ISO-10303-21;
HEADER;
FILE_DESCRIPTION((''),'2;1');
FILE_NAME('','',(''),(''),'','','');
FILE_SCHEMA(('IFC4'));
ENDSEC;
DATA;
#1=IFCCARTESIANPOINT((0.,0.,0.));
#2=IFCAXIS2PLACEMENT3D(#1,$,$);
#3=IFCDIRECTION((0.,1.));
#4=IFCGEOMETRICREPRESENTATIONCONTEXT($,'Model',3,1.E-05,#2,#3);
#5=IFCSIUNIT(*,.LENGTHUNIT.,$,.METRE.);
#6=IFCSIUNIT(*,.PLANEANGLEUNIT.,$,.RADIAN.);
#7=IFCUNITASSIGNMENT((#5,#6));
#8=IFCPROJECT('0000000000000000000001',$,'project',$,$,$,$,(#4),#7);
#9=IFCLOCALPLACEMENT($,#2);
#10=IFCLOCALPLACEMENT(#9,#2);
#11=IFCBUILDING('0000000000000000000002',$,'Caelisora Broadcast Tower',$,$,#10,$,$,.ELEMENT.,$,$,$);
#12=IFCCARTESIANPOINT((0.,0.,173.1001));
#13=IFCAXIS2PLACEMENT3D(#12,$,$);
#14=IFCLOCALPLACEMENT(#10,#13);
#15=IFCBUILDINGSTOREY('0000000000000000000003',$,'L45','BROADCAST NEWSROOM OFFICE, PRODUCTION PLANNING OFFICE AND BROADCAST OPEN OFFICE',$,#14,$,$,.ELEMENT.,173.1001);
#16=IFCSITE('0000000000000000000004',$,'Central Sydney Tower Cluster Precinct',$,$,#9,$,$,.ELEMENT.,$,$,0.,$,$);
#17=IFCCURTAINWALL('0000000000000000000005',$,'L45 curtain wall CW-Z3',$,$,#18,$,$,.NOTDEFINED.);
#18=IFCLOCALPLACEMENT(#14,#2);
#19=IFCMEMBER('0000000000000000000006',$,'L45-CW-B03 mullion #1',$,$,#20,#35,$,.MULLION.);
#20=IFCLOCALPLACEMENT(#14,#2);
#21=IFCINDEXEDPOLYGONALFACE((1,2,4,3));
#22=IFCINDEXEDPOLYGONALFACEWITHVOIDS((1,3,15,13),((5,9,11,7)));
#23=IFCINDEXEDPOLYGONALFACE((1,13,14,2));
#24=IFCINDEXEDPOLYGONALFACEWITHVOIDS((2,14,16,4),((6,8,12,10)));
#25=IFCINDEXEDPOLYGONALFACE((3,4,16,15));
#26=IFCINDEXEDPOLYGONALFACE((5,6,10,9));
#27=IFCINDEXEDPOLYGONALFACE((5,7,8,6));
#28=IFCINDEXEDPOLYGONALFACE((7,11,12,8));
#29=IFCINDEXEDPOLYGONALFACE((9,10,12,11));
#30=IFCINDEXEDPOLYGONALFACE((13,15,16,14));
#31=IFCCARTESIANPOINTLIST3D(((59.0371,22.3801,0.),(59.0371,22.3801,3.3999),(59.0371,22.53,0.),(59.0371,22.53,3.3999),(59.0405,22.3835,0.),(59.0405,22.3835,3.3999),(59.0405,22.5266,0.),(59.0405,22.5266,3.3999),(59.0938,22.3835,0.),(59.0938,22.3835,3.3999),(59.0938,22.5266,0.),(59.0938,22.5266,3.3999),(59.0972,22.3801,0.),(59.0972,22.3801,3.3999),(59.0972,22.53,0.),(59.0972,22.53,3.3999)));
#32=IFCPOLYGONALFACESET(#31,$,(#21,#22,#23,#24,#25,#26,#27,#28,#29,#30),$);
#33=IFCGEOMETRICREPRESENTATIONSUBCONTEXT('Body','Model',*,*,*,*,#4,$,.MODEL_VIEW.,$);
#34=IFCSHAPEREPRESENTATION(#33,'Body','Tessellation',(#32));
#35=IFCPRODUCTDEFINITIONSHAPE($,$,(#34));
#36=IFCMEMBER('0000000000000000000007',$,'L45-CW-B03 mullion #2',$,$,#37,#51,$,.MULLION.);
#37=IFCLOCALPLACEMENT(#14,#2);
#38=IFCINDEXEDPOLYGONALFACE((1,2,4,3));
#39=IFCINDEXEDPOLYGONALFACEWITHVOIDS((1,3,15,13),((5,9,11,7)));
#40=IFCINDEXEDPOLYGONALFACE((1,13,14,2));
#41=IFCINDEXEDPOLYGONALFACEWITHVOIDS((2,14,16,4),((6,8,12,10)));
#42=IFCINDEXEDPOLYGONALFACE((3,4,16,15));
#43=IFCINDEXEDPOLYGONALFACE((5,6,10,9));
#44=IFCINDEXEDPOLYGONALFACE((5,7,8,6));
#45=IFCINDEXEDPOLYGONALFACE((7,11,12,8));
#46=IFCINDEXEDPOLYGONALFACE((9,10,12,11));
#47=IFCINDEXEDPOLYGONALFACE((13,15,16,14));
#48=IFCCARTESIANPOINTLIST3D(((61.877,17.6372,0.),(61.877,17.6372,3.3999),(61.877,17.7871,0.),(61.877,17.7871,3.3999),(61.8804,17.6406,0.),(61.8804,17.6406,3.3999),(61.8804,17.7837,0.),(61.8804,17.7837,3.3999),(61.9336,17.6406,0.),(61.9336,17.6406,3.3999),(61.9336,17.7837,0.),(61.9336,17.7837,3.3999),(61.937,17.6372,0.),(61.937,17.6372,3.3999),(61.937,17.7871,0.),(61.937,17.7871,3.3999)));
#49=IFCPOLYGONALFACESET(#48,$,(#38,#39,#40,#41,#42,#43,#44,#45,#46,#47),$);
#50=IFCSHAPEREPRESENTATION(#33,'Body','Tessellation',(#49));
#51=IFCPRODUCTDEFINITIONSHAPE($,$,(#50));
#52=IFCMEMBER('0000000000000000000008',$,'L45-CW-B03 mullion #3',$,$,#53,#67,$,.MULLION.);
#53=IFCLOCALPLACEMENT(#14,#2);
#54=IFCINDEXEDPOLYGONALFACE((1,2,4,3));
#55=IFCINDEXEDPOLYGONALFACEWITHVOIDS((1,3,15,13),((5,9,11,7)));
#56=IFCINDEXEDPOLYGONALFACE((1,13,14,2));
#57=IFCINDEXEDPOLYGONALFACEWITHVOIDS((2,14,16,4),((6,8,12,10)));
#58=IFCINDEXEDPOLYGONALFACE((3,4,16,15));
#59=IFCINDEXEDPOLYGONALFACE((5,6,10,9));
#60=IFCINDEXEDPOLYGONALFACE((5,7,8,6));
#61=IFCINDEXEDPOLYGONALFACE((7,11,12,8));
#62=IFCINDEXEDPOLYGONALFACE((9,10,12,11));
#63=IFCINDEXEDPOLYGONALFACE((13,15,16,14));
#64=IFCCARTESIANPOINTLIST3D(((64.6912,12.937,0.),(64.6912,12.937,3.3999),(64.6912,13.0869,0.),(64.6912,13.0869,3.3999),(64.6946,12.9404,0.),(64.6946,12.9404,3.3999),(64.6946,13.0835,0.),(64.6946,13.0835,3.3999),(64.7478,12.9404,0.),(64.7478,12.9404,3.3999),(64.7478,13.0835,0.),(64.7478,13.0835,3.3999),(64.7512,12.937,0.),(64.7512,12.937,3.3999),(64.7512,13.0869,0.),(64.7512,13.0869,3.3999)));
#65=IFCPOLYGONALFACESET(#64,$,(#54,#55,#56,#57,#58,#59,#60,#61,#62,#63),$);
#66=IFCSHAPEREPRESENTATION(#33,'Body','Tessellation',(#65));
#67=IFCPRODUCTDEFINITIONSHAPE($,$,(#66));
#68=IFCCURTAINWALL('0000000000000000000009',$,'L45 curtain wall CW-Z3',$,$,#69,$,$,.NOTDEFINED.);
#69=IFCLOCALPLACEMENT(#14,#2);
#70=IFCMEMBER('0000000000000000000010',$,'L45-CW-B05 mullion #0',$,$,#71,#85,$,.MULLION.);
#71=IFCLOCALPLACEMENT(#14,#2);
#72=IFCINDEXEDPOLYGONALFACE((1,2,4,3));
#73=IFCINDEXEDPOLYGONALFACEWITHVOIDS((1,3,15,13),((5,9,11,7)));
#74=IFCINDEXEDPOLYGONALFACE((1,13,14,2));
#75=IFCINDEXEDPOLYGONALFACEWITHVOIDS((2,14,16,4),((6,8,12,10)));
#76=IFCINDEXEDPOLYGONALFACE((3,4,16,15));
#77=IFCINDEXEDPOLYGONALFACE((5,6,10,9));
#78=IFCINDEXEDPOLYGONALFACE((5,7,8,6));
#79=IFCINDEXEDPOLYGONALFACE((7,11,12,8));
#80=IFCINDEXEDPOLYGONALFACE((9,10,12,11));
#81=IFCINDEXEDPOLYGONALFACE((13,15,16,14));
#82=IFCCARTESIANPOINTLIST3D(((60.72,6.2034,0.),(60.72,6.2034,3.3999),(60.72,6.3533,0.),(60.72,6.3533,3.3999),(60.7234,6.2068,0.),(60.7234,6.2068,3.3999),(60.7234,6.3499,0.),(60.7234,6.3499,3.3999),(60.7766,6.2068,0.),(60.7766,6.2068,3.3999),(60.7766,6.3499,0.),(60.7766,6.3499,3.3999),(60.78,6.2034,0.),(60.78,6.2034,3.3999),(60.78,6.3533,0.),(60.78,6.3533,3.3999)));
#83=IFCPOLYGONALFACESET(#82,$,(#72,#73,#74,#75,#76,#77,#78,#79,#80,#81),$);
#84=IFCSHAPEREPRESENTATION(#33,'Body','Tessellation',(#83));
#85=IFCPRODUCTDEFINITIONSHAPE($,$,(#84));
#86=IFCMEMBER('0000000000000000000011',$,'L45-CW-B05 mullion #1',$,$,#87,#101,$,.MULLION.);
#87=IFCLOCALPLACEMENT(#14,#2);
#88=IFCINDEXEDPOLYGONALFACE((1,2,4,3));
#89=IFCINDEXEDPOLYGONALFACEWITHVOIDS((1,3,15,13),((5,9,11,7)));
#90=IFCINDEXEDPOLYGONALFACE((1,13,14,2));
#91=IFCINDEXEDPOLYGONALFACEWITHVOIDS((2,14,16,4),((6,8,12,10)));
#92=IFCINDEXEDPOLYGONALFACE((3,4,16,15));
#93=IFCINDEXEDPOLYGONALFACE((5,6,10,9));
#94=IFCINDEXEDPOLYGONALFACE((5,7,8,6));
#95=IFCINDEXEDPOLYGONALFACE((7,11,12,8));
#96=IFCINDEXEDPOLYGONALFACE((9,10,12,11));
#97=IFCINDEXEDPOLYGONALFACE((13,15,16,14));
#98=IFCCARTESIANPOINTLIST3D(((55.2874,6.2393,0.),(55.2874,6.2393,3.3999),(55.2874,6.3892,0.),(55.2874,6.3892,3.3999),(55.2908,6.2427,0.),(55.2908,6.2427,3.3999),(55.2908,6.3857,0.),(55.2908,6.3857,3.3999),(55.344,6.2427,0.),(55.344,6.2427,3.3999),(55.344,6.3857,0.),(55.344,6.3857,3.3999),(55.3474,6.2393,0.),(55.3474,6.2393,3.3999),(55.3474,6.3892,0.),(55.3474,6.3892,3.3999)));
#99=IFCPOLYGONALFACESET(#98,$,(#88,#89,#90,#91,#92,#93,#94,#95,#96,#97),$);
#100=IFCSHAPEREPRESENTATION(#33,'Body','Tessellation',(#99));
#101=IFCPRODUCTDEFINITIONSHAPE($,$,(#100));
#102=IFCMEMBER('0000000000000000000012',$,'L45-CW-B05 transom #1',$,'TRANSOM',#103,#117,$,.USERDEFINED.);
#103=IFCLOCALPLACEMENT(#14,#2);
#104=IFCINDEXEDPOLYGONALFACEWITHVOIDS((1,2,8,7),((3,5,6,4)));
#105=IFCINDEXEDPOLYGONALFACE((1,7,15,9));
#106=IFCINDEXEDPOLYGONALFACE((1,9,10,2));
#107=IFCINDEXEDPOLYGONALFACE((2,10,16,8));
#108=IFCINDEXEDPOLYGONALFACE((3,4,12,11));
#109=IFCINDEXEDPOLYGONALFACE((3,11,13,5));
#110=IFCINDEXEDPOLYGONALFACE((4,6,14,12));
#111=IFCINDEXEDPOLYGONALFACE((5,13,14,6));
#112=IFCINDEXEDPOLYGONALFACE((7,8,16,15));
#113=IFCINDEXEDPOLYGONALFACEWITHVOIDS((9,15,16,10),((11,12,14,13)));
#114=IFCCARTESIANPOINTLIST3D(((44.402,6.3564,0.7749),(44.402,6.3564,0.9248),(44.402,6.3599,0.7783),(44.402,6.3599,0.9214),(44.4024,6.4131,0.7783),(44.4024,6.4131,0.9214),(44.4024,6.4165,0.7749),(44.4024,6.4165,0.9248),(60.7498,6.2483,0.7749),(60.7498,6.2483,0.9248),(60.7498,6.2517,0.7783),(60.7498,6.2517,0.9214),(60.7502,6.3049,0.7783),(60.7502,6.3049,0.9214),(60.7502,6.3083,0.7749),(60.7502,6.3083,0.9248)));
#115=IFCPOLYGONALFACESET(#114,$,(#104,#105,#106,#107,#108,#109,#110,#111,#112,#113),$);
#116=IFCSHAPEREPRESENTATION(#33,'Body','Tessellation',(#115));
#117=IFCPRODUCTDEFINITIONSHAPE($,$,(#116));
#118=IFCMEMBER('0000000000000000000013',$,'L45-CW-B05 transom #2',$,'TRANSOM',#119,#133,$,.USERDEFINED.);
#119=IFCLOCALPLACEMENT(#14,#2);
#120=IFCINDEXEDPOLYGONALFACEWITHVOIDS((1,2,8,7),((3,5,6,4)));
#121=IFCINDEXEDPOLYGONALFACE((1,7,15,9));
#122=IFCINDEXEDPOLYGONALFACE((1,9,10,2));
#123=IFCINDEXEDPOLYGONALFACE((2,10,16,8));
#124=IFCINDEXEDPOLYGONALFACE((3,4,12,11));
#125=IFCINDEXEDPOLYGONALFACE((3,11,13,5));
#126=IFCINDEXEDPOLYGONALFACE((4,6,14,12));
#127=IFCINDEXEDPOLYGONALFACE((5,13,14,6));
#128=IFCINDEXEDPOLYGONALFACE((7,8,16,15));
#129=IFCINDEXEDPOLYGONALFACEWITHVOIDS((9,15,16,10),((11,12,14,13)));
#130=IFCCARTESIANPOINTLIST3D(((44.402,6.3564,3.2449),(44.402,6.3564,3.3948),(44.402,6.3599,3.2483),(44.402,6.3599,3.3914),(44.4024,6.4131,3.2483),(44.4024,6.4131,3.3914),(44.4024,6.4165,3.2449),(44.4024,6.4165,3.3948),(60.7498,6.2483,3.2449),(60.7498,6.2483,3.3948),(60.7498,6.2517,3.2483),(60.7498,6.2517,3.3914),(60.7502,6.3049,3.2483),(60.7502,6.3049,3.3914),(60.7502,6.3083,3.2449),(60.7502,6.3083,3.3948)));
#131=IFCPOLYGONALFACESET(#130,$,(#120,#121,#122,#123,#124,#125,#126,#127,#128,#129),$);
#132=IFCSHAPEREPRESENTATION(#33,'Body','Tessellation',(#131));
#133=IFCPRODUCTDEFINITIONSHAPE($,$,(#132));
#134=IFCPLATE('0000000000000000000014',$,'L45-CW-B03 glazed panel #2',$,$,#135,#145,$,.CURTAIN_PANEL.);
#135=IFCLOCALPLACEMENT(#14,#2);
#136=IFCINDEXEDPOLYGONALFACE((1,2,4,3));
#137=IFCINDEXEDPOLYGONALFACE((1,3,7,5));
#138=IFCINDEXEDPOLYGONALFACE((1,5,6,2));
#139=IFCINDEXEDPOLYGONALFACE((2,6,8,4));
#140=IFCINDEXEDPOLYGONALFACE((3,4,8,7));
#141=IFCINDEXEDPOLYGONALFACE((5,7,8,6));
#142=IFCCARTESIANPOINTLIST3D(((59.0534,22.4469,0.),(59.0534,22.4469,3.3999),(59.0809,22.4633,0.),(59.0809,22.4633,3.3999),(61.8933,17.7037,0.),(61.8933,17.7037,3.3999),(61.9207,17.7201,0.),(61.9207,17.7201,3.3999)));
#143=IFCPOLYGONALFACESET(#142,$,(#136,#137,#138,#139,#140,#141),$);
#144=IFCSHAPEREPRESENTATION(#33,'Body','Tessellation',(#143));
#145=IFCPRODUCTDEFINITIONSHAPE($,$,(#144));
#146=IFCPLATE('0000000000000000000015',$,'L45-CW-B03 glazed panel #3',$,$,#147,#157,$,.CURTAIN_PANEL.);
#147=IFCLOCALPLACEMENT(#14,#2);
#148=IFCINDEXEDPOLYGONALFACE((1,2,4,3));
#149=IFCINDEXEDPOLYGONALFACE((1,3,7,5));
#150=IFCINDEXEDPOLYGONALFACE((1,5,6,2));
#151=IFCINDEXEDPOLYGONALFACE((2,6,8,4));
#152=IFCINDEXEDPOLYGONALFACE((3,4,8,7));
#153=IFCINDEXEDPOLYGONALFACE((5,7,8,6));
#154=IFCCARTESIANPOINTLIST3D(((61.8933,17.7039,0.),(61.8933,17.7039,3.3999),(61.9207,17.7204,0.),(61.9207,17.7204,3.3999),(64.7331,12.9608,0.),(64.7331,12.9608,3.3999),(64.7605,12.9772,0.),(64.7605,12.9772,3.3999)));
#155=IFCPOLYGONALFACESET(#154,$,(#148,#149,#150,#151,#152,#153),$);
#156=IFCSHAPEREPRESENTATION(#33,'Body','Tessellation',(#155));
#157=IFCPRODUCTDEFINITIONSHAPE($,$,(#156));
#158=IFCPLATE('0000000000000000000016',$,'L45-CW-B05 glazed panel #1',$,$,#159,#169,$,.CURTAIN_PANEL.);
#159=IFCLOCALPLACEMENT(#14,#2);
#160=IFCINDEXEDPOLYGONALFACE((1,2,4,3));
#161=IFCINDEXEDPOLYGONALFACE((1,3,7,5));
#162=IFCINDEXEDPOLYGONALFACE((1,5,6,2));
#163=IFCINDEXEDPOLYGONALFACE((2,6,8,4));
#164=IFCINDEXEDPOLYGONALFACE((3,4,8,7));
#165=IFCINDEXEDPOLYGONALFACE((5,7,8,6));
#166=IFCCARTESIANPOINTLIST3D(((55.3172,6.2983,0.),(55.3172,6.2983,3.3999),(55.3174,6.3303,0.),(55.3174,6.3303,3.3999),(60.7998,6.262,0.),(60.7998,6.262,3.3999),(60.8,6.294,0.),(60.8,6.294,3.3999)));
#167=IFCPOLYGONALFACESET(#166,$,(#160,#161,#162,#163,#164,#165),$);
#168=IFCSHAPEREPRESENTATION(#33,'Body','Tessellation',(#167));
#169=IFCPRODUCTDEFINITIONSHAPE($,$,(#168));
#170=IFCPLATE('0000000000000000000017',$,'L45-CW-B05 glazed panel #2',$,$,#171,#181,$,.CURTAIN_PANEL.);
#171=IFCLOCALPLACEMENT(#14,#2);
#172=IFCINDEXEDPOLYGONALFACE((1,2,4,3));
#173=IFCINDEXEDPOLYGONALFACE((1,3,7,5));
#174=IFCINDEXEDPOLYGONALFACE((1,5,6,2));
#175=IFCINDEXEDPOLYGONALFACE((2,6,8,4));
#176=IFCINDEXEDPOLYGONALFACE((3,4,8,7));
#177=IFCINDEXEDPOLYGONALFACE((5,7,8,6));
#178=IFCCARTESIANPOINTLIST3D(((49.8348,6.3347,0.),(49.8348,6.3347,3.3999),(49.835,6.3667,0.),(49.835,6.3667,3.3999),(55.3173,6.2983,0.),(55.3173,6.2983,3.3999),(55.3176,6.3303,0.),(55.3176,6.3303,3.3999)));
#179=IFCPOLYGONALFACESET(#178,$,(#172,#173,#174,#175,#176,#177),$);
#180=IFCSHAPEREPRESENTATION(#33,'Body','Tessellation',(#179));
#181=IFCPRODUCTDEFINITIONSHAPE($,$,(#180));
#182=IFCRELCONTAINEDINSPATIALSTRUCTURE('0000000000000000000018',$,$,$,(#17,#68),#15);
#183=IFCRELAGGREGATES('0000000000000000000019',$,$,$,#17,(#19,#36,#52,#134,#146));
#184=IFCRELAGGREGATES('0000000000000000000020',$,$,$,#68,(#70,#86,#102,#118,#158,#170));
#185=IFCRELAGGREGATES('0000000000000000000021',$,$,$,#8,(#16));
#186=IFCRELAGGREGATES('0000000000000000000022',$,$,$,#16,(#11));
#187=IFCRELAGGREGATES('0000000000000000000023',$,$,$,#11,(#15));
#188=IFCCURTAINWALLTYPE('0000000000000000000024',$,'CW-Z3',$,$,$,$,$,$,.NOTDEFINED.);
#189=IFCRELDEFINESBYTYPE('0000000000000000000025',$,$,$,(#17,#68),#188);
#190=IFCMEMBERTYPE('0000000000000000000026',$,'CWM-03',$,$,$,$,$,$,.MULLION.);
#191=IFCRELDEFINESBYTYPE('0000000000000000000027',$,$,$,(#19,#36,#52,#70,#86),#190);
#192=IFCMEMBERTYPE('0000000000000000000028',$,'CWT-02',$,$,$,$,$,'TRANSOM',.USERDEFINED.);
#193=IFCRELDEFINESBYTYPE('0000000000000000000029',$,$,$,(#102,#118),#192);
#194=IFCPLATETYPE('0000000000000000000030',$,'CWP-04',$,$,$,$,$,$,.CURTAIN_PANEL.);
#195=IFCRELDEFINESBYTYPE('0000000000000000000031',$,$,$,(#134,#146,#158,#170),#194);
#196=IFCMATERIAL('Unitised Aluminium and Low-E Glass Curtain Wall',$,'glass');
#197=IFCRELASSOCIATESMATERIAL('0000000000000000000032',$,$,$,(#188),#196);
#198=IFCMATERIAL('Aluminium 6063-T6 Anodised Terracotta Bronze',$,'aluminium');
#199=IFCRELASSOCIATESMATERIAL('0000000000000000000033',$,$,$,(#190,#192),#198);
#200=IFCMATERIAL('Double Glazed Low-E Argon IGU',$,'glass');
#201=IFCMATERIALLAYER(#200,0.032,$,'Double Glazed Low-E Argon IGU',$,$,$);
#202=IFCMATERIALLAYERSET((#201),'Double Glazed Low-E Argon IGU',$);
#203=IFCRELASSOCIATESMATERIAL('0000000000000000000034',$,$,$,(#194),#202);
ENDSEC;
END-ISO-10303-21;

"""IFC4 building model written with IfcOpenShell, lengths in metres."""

from ifc_helpers import new_model, si_unit, direction, frame, origin, origin_2d, place, context, subcontext, project, spatial, rectangle, hollow_rectangle, extrude, source, transform, mapped, material, layer, layer_set, material_profile, profile_set, type_object, type_shapes, element, aggregate, save


model = new_model("IFC4")

# Units and contexts
model_context = context("Model", 3, precision=1e-05, world=origin(), true_north=direction((0.0, 1.0)))
body_context = subcontext(model_context, "Body", "Model", "MODEL_VIEW")
ifc_project = project(units=[si_unit("LENGTHUNIT", "METRE"), si_unit("PLANEANGLEUNIT", "RADIAN")], contexts=[model_context])

# Site, building, storey
site_placement = place(None, origin())
site = spatial("IfcSite", under=ifc_project, at=site_placement, Name="Central Sydney Tower Cluster Precinct", CompositionType="ELEMENT", RefElevation=0.0)
building_placement = place(site_placement, origin())
building = spatial("IfcBuilding", under=site, at=building_placement, Name="Caelisora Broadcast Tower", CompositionType="ELEMENT")
storey_placement = place(building_placement, frame((0.0, 0.0, 173.1001)))
storey = spatial("IfcBuildingStorey", under=building, at=storey_placement, Name="L45", Description="BROADCAST NEWSROOM OFFICE, PRODUCTION PLANNING OFFICE AND BROADCAST OPEN OFFICE", CompositionType="ELEMENT", Elevation=173.1001)

# Curtain walls, members
ifc_material_1 = material(Name="Unitised Aluminium and Low-E Glass Curtain Wall", Category="glass")
curtain_wall_type = type_object("IfcCurtainWallType", Name="CW-Z3", PredefinedType="NOTDEFINED", material=ifc_material_1)
curtain_wall_1_placement = place(storey_placement, origin())
curtain_wall_1 = element("IfcCurtainWall", 1, at=curtain_wall_1_placement, inside=storey, type_object=curtain_wall_type, Name="L45 curtain wall CW-Z3", PredefinedType="NOTDEFINED")
ifc_material_2 = material(Name="Aluminium 6063-T6 Anodised Terracotta Bronze", Category="aluminium")
ifc_material_profile_1 = material_profile(ifc_material_2, hollow_rectangle(XDim=0.0601, YDim=0.1499, WallThickness=0.0034, at=origin_2d()), Name="Aluminium 6063-T6 Anodised Terracotta Bronze")
ifc_profile_set_1 = profile_set([ifc_material_profile_1], Name="Aluminium 6063-T6 Anodised Terracotta Bronze")
member_type_1 = type_object("IfcMemberType", Name="CWM-03", PredefinedType="MULLION", material=ifc_profile_set_1)
shared_shape_1 = source(origin(), body_context, "Body", "SweptSolid", [
    extrude(hollow_rectangle(XDim=0.0601, YDim=0.1499, WallThickness=0.0034, at=origin_2d()), origin(), (0.0, 0.0, 1.0), 3.3999),
])
type_shapes(member_type_1, [shared_shape_1])
member_1_placement = place(storey_placement, frame((59.0671, 22.4551, 0.0), z_axis=(0.0, 0.0, 1.0), x_axis=(1.0, 0.0, 0.0)))
member_1 = element("IfcMember", 2, at=member_1_placement, type_object=member_type_1, Name="L45-CW-B03 mullion #1", PredefinedType="MULLION", context=body_context, shape_type="MappedRepresentation", body=[
    mapped(shared_shape_1, transform((0.0, 0.0, 0.0), scale=1.0)),
])
member_2_placement = place(storey_placement, frame((61.907, 17.7122, 0.0), z_axis=(0.0, 0.0, 1.0), x_axis=(1.0, 0.0, 0.0)))
member_2 = element("IfcMember", 3, at=member_2_placement, type_object=member_type_1, Name="L45-CW-B03 mullion #2", PredefinedType="MULLION", context=body_context, shape_type="MappedRepresentation", body=[
    mapped(shared_shape_1, transform((0.0, 0.0, 0.0), scale=1.0)),
])
member_3_placement = place(storey_placement, frame((64.7212, 13.012, 0.0), z_axis=(0.0, 0.0, 1.0), x_axis=(1.0, 0.0, 0.0)))
member_3 = element("IfcMember", 4, at=member_3_placement, type_object=member_type_1, Name="L45-CW-B03 mullion #3", PredefinedType="MULLION", context=body_context, shape_type="MappedRepresentation", body=[
    mapped(shared_shape_1, transform((0.0, 0.0, 0.0), scale=1.0)),
])
curtain_wall_2_placement = place(storey_placement, origin())
curtain_wall_2 = element("IfcCurtainWall", 5, at=curtain_wall_2_placement, inside=storey, type_object=curtain_wall_type, Name="L45 curtain wall CW-Z3", PredefinedType="NOTDEFINED")
member_4_placement = place(storey_placement, frame((60.75, 6.2783, 0.0), z_axis=(0.0, 0.0, 1.0), x_axis=(1.0, 0.0, 0.0)))
member_4 = element("IfcMember", 6, at=member_4_placement, type_object=member_type_1, Name="L45-CW-B05 mullion #0", PredefinedType="MULLION", context=body_context, shape_type="MappedRepresentation", body=[
    mapped(shared_shape_1, transform((0.0, 0.0, 0.0), scale=1.0)),
])
member_5_placement = place(storey_placement, frame((55.3174, 6.3142, 0.0), z_axis=(0.0, 0.0, 1.0), x_axis=(1.0, 0.0, 0.0)))
member_5 = element("IfcMember", 7, at=member_5_placement, type_object=member_type_1, Name="L45-CW-B05 mullion #1", PredefinedType="MULLION", context=body_context, shape_type="MappedRepresentation", body=[
    mapped(shared_shape_1, transform((0.0, 0.0, 0.0), scale=1.0)),
])
ifc_material_profile_2 = material_profile(ifc_material_2, hollow_rectangle(XDim=0.0601, YDim=0.1499, WallThickness=0.0034, at=origin_2d()), Name="Aluminium 6063-T6 Anodised Terracotta Bronze")
ifc_profile_set_2 = profile_set([ifc_material_profile_2], Name="Aluminium 6063-T6 Anodised Terracotta Bronze")
member_type_2 = type_object("IfcMemberType", Name="CWT-02", ElementType="TRANSOM", PredefinedType="USERDEFINED", material=ifc_profile_set_2)
shared_shape_2 = source(origin(), body_context, "Body", "SweptSolid", [
    extrude(hollow_rectangle(XDim=0.0601, YDim=0.1499, WallThickness=0.0034, at=origin_2d()), origin(), (0.0, 0.0, 1.0), 16.3481),
])
type_shapes(member_type_2, [shared_shape_2])
member_6_placement = place(storey_placement, frame((60.75, 6.2783, 0.8499), z_axis=(-0.999978, 0.006616, 0.0), x_axis=(-0.006616, -0.999978, 0.0)))
member_6 = element("IfcMember", 8, at=member_6_placement, type_object=member_type_2, Name="L45-CW-B05 transom #1", ObjectType="TRANSOM", PredefinedType="USERDEFINED", context=body_context, shape_type="MappedRepresentation", body=[
    mapped(shared_shape_2, transform((0.0, 0.0, 0.0), scale=1.0)),
])
member_7_placement = place(storey_placement, frame((60.75, 6.2783, 3.3198), z_axis=(-0.999978, 0.006616, 0.0), x_axis=(-0.006616, -0.999978, 0.0)))
member_7 = element("IfcMember", 9, at=member_7_placement, type_object=member_type_2, Name="L45-CW-B05 transom #2", ObjectType="TRANSOM", PredefinedType="USERDEFINED", context=body_context, shape_type="MappedRepresentation", body=[
    mapped(shared_shape_2, transform((0.0, 0.0, 0.0), scale=1.0)),
])

# Plates
ifc_material_3 = material(Name="Double Glazed Low-E Argon IGU", Category="glass")
ifc_layer_1 = layer(ifc_material_3, 0.032, Name="Double Glazed Low-E Argon IGU")
ifc_layer_set_1 = layer_set([ifc_layer_1], Name="Double Glazed Low-E Argon IGU")
plate_type = type_object("IfcPlateType", Name="CWP-04", PredefinedType="CURTAIN_PANEL", material=ifc_layer_set_1)
shared_shape_3 = source(origin(), body_context, "Body", "SweptSolid", [
    extrude(rectangle(XDim=5.5283, YDim=0.032, at=origin_2d()), origin(), (0.0, 0.0, 1.0), 3.3999),
])
plate_1_placement = place(storey_placement, frame((60.4871, 20.0835, 0.0), z_axis=(0.0, 0.0, 1.0), x_axis=(0.513691, -0.857975, 0.0)))
plate_1 = element("IfcPlate", 10, at=plate_1_placement, type_object=plate_type, Name="L45-CW-B03 glazed panel #2", PredefinedType="CURTAIN_PANEL", context=body_context, shape_type="MappedRepresentation", body=[
    mapped(shared_shape_3, transform((0.0, 0.0, 0.0), scale=1.0)),
])
plate_2_placement = place(storey_placement, frame((63.3269, 15.3406, 0.0), z_axis=(0.0, 0.0, 1.0), x_axis=(0.513691, -0.857975, 0.0)))
plate_2 = element("IfcPlate", 11, at=plate_2_placement, type_object=plate_type, Name="L45-CW-B03 glazed panel #3", PredefinedType="CURTAIN_PANEL", context=body_context, shape_type="MappedRepresentation", body=[
    mapped(shared_shape_3, transform((0.0, 0.0, 0.0), scale=1.0)),
])
aggregate(curtain_wall_1, [member_1, member_2, member_3, plate_1, plate_2])
shared_shape_4 = source(origin(), body_context, "Body", "SweptSolid", [
    extrude(rectangle(XDim=5.4827, YDim=0.032, at=origin_2d()), origin(), (0.0, 0.0, 1.0), 3.3999),
])
type_shapes(plate_type, [shared_shape_3, shared_shape_4])
plate_3_placement = place(storey_placement, frame((58.0586, 6.2961, 0.0), z_axis=(0.0, 0.0, 1.0), x_axis=(-0.999978, 0.006632, 0.0)))
plate_3 = element("IfcPlate", 12, at=plate_3_placement, type_object=plate_type, Name="L45-CW-B05 glazed panel #1", PredefinedType="CURTAIN_PANEL", context=body_context, shape_type="MappedRepresentation", body=[
    mapped(shared_shape_4, transform((0.0, 0.0, 0.0), scale=1.0)),
])
plate_4_placement = place(storey_placement, frame((52.5762, 6.3325, 0.0), z_axis=(0.0, 0.0, 1.0), x_axis=(-0.999978, 0.006632, 0.0)))
plate_4 = element("IfcPlate", 13, at=plate_4_placement, type_object=plate_type, Name="L45-CW-B05 glazed panel #2", PredefinedType="CURTAIN_PANEL", context=body_context, shape_type="MappedRepresentation", body=[
    mapped(shared_shape_4, transform((0.0, 0.0, 0.0), scale=1.0)),
])
aggregate(curtain_wall_2, [member_4, member_5, member_6, member_7, plate_3, plate_4])

save(model, "model.ifc")
